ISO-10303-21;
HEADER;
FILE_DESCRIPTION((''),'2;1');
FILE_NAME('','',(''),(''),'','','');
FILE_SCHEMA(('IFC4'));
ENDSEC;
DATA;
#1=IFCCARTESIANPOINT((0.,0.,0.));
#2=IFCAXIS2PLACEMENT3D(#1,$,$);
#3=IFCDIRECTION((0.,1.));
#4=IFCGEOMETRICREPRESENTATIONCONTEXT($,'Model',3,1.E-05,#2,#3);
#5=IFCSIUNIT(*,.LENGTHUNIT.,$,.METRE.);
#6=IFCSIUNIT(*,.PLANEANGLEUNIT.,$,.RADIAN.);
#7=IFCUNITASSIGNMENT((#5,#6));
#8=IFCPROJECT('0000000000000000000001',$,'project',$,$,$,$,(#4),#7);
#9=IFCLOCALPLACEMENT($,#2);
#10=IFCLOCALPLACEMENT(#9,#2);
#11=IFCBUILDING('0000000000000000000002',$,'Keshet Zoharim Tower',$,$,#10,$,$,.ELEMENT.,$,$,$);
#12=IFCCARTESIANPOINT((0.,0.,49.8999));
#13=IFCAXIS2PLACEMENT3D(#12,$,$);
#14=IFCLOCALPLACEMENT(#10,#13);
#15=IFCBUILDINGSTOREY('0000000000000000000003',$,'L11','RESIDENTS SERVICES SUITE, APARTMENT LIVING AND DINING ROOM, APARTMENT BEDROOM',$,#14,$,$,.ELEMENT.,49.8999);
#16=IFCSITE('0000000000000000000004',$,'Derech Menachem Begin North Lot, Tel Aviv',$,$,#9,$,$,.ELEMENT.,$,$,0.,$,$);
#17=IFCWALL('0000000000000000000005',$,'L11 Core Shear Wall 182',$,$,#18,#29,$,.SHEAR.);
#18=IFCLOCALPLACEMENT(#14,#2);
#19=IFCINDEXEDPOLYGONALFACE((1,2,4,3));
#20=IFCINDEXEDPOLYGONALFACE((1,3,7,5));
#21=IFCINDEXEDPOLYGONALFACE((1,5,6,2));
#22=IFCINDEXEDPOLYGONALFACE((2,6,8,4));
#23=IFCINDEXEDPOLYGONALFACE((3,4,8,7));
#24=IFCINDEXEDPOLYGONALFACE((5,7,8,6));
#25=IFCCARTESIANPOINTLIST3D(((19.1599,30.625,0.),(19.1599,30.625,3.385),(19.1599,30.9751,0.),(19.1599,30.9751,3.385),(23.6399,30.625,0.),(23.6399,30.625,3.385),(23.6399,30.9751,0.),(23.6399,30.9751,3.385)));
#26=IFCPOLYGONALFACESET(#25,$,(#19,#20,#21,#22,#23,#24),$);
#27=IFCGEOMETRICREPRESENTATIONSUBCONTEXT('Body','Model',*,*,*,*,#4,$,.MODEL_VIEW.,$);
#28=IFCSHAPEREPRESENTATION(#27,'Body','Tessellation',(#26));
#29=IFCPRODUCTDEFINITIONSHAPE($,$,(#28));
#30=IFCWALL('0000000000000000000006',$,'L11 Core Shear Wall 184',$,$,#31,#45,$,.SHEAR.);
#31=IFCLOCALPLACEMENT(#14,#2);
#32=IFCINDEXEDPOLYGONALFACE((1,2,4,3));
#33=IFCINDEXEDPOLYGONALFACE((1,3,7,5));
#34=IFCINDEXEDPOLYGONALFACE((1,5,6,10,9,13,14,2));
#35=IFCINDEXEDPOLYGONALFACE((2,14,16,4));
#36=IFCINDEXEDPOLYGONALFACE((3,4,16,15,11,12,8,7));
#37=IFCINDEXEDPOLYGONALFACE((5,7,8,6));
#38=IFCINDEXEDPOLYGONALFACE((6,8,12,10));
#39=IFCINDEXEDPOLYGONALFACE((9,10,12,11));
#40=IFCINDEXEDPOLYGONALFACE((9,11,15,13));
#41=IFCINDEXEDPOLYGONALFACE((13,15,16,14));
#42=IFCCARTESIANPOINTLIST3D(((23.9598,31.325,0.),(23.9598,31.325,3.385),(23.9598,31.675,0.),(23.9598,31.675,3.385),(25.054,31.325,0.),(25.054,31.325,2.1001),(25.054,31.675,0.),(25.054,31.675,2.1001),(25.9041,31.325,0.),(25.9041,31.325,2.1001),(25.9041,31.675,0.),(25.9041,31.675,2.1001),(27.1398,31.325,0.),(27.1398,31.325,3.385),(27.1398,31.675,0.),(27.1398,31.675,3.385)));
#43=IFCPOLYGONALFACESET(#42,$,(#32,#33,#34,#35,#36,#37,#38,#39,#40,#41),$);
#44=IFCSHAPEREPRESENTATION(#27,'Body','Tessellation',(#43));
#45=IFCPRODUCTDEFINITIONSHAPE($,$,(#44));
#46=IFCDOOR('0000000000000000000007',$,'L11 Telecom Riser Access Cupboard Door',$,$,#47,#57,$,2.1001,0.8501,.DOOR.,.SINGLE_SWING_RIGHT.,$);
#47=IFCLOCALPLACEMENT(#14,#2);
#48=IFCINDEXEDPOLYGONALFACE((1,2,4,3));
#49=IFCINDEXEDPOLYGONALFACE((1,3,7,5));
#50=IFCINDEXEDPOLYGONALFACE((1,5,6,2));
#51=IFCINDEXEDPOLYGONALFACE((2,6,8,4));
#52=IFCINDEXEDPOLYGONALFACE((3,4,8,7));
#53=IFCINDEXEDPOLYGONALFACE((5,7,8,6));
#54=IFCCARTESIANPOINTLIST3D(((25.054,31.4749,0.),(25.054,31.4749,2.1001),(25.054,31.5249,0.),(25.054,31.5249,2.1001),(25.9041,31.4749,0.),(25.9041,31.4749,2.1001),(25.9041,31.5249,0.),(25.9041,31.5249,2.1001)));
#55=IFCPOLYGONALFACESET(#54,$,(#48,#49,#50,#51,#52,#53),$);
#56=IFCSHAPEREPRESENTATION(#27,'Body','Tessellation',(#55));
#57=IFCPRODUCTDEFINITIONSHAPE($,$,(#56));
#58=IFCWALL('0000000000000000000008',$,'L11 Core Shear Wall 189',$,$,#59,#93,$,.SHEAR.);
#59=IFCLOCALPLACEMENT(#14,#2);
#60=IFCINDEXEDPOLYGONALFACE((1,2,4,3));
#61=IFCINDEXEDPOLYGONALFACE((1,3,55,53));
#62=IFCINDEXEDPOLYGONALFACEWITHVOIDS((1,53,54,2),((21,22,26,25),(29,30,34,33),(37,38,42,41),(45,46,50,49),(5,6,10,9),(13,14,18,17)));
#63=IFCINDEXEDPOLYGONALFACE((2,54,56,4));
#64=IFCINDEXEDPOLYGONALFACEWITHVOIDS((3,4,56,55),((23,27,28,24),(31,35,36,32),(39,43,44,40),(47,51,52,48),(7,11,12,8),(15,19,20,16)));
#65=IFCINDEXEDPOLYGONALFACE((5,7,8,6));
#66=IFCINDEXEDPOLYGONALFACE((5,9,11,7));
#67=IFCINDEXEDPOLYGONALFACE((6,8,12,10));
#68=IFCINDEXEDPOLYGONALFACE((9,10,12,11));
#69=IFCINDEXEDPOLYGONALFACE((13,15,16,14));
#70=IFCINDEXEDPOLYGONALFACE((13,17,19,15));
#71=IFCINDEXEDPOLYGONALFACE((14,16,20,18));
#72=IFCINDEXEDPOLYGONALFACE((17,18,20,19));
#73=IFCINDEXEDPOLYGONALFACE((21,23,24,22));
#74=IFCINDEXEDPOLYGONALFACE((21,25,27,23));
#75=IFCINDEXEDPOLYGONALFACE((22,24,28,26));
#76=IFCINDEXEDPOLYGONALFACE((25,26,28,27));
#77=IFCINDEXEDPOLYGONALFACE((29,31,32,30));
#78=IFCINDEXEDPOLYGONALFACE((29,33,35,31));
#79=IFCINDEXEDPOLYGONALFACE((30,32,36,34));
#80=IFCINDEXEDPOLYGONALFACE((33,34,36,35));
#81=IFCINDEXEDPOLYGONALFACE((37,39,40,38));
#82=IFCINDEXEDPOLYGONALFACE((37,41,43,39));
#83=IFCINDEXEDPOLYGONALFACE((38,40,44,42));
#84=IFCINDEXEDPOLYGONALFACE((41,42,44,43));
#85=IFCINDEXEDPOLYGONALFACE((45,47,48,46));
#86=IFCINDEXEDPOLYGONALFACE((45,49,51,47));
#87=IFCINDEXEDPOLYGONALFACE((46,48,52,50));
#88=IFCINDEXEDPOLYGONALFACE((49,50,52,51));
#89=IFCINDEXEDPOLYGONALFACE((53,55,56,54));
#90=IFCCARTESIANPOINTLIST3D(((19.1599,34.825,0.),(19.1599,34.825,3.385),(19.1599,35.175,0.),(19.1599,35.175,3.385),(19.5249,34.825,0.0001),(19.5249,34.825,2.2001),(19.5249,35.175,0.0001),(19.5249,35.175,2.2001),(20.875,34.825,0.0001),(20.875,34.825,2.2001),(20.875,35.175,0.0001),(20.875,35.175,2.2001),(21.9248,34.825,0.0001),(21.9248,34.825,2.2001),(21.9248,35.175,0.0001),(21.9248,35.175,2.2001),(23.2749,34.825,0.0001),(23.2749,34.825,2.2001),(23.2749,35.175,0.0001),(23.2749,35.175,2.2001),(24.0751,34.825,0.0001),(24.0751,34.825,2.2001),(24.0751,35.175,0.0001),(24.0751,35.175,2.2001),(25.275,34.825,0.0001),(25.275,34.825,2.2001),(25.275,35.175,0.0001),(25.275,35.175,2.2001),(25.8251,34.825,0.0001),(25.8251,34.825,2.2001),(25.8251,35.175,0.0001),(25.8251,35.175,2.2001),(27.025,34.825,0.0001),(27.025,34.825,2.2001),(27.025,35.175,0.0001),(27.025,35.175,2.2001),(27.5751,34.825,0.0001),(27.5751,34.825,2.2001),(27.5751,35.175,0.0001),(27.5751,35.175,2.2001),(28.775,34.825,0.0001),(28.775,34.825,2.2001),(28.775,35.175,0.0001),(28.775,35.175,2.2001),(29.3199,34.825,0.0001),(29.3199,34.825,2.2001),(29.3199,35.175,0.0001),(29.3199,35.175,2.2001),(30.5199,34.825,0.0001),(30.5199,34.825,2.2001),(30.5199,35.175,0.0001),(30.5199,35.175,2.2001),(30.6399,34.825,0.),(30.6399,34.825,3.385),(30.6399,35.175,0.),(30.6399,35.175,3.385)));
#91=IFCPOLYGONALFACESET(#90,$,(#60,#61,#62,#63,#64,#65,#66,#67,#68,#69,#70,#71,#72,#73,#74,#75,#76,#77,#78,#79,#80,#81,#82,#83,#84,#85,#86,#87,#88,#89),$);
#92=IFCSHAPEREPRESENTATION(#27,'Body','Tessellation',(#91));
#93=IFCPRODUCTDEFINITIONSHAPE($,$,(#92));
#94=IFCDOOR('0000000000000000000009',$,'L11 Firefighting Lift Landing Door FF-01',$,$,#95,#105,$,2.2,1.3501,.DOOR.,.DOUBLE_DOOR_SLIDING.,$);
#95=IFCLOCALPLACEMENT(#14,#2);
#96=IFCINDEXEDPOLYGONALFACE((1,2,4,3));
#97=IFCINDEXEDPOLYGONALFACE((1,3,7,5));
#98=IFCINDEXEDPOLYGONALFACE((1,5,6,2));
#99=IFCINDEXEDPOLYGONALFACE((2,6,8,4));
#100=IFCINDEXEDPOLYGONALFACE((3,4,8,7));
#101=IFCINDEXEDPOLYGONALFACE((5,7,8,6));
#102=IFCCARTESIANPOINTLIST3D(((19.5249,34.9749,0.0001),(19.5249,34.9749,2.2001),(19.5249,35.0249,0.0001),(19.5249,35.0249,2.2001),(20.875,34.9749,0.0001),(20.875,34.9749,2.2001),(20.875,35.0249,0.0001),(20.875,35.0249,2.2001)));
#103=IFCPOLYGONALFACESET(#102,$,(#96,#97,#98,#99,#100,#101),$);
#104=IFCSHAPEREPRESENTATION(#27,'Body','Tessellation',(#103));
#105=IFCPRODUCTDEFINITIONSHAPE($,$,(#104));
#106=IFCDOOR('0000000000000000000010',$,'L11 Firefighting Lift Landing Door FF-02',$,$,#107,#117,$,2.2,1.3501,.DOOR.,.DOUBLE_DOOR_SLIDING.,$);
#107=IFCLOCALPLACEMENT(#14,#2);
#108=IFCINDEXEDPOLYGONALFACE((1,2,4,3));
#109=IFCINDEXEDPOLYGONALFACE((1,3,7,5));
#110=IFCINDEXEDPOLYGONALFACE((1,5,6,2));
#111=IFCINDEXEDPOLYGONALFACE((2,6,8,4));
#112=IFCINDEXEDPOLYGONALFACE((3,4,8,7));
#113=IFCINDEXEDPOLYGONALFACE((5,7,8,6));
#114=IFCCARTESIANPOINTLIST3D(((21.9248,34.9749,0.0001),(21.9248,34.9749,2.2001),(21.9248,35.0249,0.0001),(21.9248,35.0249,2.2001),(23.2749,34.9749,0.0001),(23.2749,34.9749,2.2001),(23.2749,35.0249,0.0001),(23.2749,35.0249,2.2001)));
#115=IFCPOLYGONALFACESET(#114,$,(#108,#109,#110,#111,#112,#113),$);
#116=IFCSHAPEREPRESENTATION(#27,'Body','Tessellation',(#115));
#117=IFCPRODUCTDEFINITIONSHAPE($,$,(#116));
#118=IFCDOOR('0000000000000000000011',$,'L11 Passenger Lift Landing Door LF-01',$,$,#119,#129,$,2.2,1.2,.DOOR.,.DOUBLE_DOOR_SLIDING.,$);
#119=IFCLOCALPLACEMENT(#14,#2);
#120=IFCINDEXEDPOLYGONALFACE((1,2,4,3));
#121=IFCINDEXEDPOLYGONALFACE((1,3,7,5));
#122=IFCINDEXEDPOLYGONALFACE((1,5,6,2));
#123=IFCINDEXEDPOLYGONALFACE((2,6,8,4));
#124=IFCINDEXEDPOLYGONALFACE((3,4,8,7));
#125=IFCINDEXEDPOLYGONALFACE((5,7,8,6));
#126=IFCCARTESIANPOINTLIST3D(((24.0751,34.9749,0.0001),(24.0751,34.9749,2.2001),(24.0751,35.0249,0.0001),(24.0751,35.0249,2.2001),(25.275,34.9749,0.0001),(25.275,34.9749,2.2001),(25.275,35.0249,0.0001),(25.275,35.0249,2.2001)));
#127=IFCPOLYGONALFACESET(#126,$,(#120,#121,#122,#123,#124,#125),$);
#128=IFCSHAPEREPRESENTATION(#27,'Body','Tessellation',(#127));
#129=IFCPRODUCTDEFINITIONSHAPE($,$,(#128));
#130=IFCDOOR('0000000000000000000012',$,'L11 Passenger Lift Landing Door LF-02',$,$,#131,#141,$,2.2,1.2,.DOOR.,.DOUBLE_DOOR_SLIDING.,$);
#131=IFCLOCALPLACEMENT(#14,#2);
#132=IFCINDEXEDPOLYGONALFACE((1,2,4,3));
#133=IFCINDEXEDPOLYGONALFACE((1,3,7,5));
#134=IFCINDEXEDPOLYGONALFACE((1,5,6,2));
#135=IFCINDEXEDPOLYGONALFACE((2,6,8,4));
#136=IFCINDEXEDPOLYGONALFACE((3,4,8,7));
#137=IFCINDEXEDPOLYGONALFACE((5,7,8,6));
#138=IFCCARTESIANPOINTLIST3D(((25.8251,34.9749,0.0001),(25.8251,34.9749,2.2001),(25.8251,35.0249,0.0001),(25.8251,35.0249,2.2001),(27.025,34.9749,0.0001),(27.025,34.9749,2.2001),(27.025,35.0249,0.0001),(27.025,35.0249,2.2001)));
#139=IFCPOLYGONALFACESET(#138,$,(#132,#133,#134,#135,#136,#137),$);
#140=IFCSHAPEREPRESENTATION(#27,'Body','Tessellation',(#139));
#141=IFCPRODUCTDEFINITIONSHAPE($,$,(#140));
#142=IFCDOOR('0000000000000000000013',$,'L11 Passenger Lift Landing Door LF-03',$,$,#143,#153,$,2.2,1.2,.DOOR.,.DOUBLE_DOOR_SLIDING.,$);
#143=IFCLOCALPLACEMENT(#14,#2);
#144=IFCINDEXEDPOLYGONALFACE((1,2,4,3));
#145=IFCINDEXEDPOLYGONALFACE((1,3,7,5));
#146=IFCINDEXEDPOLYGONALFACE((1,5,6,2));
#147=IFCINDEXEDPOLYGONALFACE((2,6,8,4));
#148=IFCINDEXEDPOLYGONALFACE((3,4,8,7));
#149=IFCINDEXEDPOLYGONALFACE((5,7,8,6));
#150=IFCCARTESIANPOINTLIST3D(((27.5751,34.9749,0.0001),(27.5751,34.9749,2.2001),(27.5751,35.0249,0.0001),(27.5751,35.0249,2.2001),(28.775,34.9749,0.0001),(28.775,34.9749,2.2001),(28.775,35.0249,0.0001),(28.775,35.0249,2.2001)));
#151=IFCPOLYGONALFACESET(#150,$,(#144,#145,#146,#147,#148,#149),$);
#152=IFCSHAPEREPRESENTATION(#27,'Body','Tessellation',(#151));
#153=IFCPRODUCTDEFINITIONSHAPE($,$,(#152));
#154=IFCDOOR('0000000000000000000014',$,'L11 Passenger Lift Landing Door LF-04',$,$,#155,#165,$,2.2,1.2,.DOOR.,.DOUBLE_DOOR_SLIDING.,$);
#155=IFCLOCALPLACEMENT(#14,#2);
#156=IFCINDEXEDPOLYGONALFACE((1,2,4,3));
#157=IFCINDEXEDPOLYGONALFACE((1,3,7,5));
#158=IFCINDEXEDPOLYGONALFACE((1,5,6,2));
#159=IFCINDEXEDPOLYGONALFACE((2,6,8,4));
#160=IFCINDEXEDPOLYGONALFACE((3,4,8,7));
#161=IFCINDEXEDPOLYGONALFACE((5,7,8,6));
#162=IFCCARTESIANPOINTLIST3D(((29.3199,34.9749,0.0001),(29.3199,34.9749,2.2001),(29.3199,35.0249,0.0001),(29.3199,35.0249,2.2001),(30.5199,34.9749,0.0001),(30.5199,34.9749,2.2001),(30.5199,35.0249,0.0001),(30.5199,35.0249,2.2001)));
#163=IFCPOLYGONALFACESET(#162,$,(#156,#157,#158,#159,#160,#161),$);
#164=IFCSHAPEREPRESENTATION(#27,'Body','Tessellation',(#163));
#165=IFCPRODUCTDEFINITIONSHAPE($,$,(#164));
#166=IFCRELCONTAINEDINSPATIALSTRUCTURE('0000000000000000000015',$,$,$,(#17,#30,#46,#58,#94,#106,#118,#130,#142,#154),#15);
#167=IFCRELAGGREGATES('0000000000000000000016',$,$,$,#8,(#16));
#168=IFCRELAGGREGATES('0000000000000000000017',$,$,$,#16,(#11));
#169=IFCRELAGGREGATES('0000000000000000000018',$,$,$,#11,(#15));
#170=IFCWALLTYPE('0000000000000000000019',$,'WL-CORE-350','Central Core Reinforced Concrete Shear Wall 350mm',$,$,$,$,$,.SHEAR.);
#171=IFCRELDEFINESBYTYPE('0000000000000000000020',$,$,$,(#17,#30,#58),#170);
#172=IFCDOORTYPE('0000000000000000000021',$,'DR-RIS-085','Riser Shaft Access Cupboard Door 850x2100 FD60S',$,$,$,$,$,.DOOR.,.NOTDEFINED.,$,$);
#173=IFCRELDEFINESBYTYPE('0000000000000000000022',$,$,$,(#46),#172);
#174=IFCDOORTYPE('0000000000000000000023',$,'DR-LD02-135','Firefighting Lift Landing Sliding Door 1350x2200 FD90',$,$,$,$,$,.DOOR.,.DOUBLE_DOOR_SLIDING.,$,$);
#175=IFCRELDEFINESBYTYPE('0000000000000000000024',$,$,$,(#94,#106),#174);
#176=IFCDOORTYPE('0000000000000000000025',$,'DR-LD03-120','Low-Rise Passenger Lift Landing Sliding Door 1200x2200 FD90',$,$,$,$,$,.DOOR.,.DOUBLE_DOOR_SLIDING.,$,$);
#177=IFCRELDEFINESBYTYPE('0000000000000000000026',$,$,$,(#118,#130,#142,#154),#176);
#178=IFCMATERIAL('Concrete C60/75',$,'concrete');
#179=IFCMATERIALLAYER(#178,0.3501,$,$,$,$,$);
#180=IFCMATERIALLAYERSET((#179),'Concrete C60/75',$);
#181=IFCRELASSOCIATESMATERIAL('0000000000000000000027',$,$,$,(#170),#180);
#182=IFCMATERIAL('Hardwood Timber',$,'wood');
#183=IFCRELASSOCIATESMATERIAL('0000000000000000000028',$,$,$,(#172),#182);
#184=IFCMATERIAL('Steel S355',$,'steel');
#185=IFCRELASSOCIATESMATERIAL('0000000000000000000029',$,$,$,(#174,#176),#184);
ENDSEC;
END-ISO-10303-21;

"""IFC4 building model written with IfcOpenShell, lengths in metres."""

from ifc_helpers import new_model, si_unit, direction, frame, frame_2d, origin, place, context, subcontext, project, spatial, rectangle, extrude, material, layer, layer_set, type_object, element, fill, save


model = new_model("IFC4")

# Units and contexts
model_context = context("Model", 3, precision=1e-05, world=origin(), true_north=direction((0.0, 1.0)))
body_context = subcontext(model_context, "Body", "Model", "MODEL_VIEW")
ifc_project = project(units=[si_unit("LENGTHUNIT", "METRE"), si_unit("PLANEANGLEUNIT", "RADIAN")], contexts=[model_context])

# Site, building, storey
site_placement = place(None, origin())
site = spatial("IfcSite", under=ifc_project, at=site_placement, Name="Derech Menachem Begin North Lot, Tel Aviv", CompositionType="ELEMENT", RefElevation=0.0)
building_placement = place(site_placement, origin())
building = spatial("IfcBuilding", under=site, at=building_placement, Name="Keshet Zoharim Tower", CompositionType="ELEMENT")
storey_placement = place(building_placement, frame((0.0, 0.0, 49.8999)))
storey = spatial("IfcBuildingStorey", under=building, at=storey_placement, Name="L11", Description="RESIDENTS SERVICES SUITE, APARTMENT LIVING AND DINING ROOM, APARTMENT BEDROOM", CompositionType="ELEMENT", Elevation=49.8999)

# Shared definitions
ifc_material_1 = material(Name="Steel S355", Category="steel")

# Shared definitions
ifc_material_2 = material(Name="Concrete C60/75", Category="concrete")
ifc_layer_1 = layer(ifc_material_2, 0.3501)
ifc_layer_set_1 = layer_set([ifc_layer_1], Name="Concrete C60/75")
wall_type_1 = type_object("IfcWallType", Name="WL-CORE-350", Description="Central Core Reinforced Concrete Shear Wall 350mm", PredefinedType="SHEAR", material=ifc_layer_set_1)

# Shared definitions
ifc_material_3 = material(Name="Hardwood Timber", Category="wood")

# Wall
wall_1_placement = place(storey_placement, frame((19.1599, 30.8, 0.0), z_axis=(0.0, 0.0, 1.0), x_axis=(1.0, 0.0, 0.0)))
element("IfcWall", 1, at=wall_1_placement, inside=storey, type_object=wall_type_1, Name="L11 Core Shear Wall 182", PredefinedType="SHEAR", context=body_context, shape_type="SweptSolid", body=[
    extrude(rectangle(XDim=4.48, YDim=0.3501, at=frame_2d((2.24, 0.0))), origin(), (0.0, 0.0, 1.0), 3.385),
])

# Wall, opening, door
wall_2_placement = place(storey_placement, frame((23.96, 31.5, 0.0), z_axis=(0.0, 0.0, 1.0), x_axis=(1.0, 0.0, 0.0)))
wall_2 = element("IfcWall", 2, at=wall_2_placement, inside=storey, type_object=wall_type_1, Name="L11 Core Shear Wall 184", PredefinedType="SHEAR", context=body_context, shape_type="SweptSolid", body=[
    extrude(rectangle(XDim=3.1799, YDim=0.3501, at=frame_2d((1.5898, 0.0))), origin(), (0.0, 0.0, 1.0), 3.385),
])
opening_1_placement = place(wall_2_placement, frame((1.094, 0.0, 0.0)))
opening_1 = element("IfcOpeningElement", 3, at=opening_1_placement, cuts=wall_2, PredefinedType="OPENING", context=body_context, shape_type="SweptSolid", body=[
    extrude(rectangle(XDim=0.8501, YDim=2.1001, at=frame_2d((0.425, 1.05))), frame((0.0, 0.1851, 0.0), z_axis=(0.0, -1.0, 0.0), x_axis=(1.0, 0.0, 0.0)), (0.0, 0.0, 1.0), 0.3701),
])
door_type_1 = type_object("IfcDoorType", Name="DR-RIS-085", Description="Riser Shaft Access Cupboard Door 850x2100 FD60S", OperationType="NOTDEFINED", PredefinedType="DOOR", material=ifc_material_3)
door_1_placement = place(opening_1_placement, origin())
door_1 = element("IfcDoor", 4, at=door_1_placement, inside=storey, type_object=door_type_1, Name="L11 Telecom Riser Access Cupboard Door", OperationType="SINGLE_SWING_RIGHT", OverallHeight=2.1001, OverallWidth=0.8501, PredefinedType="DOOR", context=body_context, shape_type="SweptSolid", body=[
    extrude(rectangle(XDim=0.8501, YDim=2.1001, at=frame_2d((0.425, 1.05))), frame((0.0, 0.0249, 0.0), z_axis=(0.0, -1.0, 0.0), x_axis=(1.0, 0.0, 0.0)), (0.0, 0.0, 1.0), 0.05),
])
fill(opening_1, door_1)

# Wall, openings, doors
wall_3_placement = place(storey_placement, frame((19.1599, 35.0, 0.0), z_axis=(0.0, 0.0, 1.0), x_axis=(1.0, 0.0, 0.0)))
wall_3 = element("IfcWall", 5, at=wall_3_placement, inside=storey, type_object=wall_type_1, Name="L11 Core Shear Wall 189", PredefinedType="SHEAR", context=body_context, shape_type="SweptSolid", body=[
    extrude(rectangle(XDim=11.48, YDim=0.3501, at=frame_2d((5.74, 0.0))), origin(), (0.0, 0.0, 1.0), 3.385),
])
opening_2_placement = place(wall_3_placement, frame((0.365, 0.0, 0.0)))
opening_2 = element("IfcOpeningElement", 6, at=opening_2_placement, cuts=wall_3, PredefinedType="OPENING", context=body_context, shape_type="SweptSolid", body=[
    extrude(rectangle(XDim=1.3501, YDim=2.2, at=frame_2d((0.675, 1.1001))), frame((0.0, 0.1851, 0.0), z_axis=(0.0, -1.0, 0.0), x_axis=(1.0, 0.0, 0.0)), (0.0, 0.0, 1.0), 0.3701),
])
opening_3_placement = place(wall_3_placement, frame((2.7649, 0.0, 0.0)))
opening_3 = element("IfcOpeningElement", 7, at=opening_3_placement, cuts=wall_3, PredefinedType="OPENING", context=body_context, shape_type="SweptSolid", body=[
    extrude(rectangle(XDim=1.3501, YDim=2.2, at=frame_2d((0.675, 1.1001))), frame((0.0, 0.1851, 0.0), z_axis=(0.0, -1.0, 0.0), x_axis=(1.0, 0.0, 0.0)), (0.0, 0.0, 1.0), 0.3701),
])
opening_4_placement = place(wall_3_placement, frame((4.915, 0.0, 0.0)))
opening_4 = element("IfcOpeningElement", 8, at=opening_4_placement, cuts=wall_3, PredefinedType="OPENING", context=body_context, shape_type="SweptSolid", body=[
    extrude(rectangle(XDim=1.2, YDim=2.2, at=frame_2d((0.6001, 1.1001))), frame((0.0, 0.1851, 0.0), z_axis=(0.0, -1.0, 0.0), x_axis=(1.0, 0.0, 0.0)), (0.0, 0.0, 1.0), 0.3701),
])
opening_5_placement = place(wall_3_placement, frame((6.665, 0.0, 0.0)))
opening_5 = element("IfcOpeningElement", 9, at=opening_5_placement, cuts=wall_3, PredefinedType="OPENING", context=body_context, shape_type="SweptSolid", body=[
    extrude(rectangle(XDim=1.2, YDim=2.2, at=frame_2d((0.6001, 1.1001))), frame((0.0, 0.1851, 0.0), z_axis=(0.0, -1.0, 0.0), x_axis=(1.0, 0.0, 0.0)), (0.0, 0.0, 1.0), 0.3701),
])
opening_6_placement = place(wall_3_placement, frame((8.415, 0.0, 0.0)))
opening_6 = element("IfcOpeningElement", 10, at=opening_6_placement, cuts=wall_3, PredefinedType="OPENING", context=body_context, shape_type="SweptSolid", body=[
    extrude(rectangle(XDim=1.2, YDim=2.2, at=frame_2d((0.6001, 1.1001))), frame((0.0, 0.1851, 0.0), z_axis=(0.0, -1.0, 0.0), x_axis=(1.0, 0.0, 0.0)), (0.0, 0.0, 1.0), 0.3701),
])
opening_7_placement = place(wall_3_placement, frame((10.1599, 0.0, 0.0)))
opening_7 = element("IfcOpeningElement", 11, at=opening_7_placement, cuts=wall_3, PredefinedType="OPENING", context=body_context, shape_type="SweptSolid", body=[
    extrude(rectangle(XDim=1.2, YDim=2.2, at=frame_2d((0.6001, 1.1001))), frame((0.0, 0.1851, 0.0), z_axis=(0.0, -1.0, 0.0), x_axis=(1.0, 0.0, 0.0)), (0.0, 0.0, 1.0), 0.3701),
])
door_type_2 = type_object("IfcDoorType", Name="DR-LD02-135", Description="Firefighting Lift Landing Sliding Door 1350x2200 FD90", OperationType="DOUBLE_DOOR_SLIDING", PredefinedType="DOOR", material=ifc_material_1)
door_2_placement = place(opening_2_placement, origin())
door_2 = element("IfcDoor", 12, at=door_2_placement, inside=storey, type_object=door_type_2, Name="L11 Firefighting Lift Landing Door FF-01", OperationType="DOUBLE_DOOR_SLIDING", OverallHeight=2.2, OverallWidth=1.3501, PredefinedType="DOOR", context=body_context, shape_type="SweptSolid", body=[
    extrude(rectangle(XDim=1.3501, YDim=2.2, at=frame_2d((0.675, 1.1001))), frame((0.0, 0.0249, 0.0), z_axis=(0.0, -1.0, 0.0), x_axis=(1.0, 0.0, 0.0)), (0.0, 0.0, 1.0), 0.05),
])
fill(opening_2, door_2)
door_3_placement = place(opening_3_placement, origin())
door_3 = element("IfcDoor", 13, at=door_3_placement, inside=storey, type_object=door_type_2, Name="L11 Firefighting Lift Landing Door FF-02", OperationType="DOUBLE_DOOR_SLIDING", OverallHeight=2.2, OverallWidth=1.3501, PredefinedType="DOOR", context=body_context, shape_type="SweptSolid", body=[
    extrude(rectangle(XDim=1.3501, YDim=2.2, at=frame_2d((0.675, 1.1001))), frame((0.0, 0.0249, 0.0), z_axis=(0.0, -1.0, 0.0), x_axis=(1.0, 0.0, 0.0)), (0.0, 0.0, 1.0), 0.05),
])
fill(opening_3, door_3)
door_type_3 = type_object("IfcDoorType", Name="DR-LD03-120", Description="Low-Rise Passenger Lift Landing Sliding Door 1200x2200 FD90", OperationType="DOUBLE_DOOR_SLIDING", PredefinedType="DOOR", material=ifc_material_1)
door_4_placement = place(opening_4_placement, origin())
door_4 = element("IfcDoor", 14, at=door_4_placement, inside=storey, type_object=door_type_3, Name="L11 Passenger Lift Landing Door LF-01", OperationType="DOUBLE_DOOR_SLIDING", OverallHeight=2.2, OverallWidth=1.2, PredefinedType="DOOR", context=body_context, shape_type="SweptSolid", body=[
    extrude(rectangle(XDim=1.2, YDim=2.2, at=frame_2d((0.6001, 1.1001))), frame((0.0, 0.0249, 0.0), z_axis=(0.0, -1.0, 0.0), x_axis=(1.0, 0.0, 0.0)), (0.0, 0.0, 1.0), 0.05),
])
fill(opening_4, door_4)
door_5_placement = place(opening_5_placement, origin())
door_5 = element("IfcDoor", 15, at=door_5_placement, inside=storey, type_object=door_type_3, Name="L11 Passenger Lift Landing Door LF-02", OperationType="DOUBLE_DOOR_SLIDING", OverallHeight=2.2, OverallWidth=1.2, PredefinedType="DOOR", context=body_context, shape_type="SweptSolid", body=[
    extrude(rectangle(XDim=1.2, YDim=2.2, at=frame_2d((0.6001, 1.1001))), frame((0.0, 0.0249, 0.0), z_axis=(0.0, -1.0, 0.0), x_axis=(1.0, 0.0, 0.0)), (0.0, 0.0, 1.0), 0.05),
])
fill(opening_5, door_5)
door_6_placement = place(opening_6_placement, origin())
door_6 = element("IfcDoor", 16, at=door_6_placement, inside=storey, type_object=door_type_3, Name="L11 Passenger Lift Landing Door LF-03", OperationType="DOUBLE_DOOR_SLIDING", OverallHeight=2.2, OverallWidth=1.2, PredefinedType="DOOR", context=body_context, shape_type="SweptSolid", body=[
    extrude(rectangle(XDim=1.2, YDim=2.2, at=frame_2d((0.6001, 1.1001))), frame((0.0, 0.0249, 0.0), z_axis=(0.0, -1.0, 0.0), x_axis=(1.0, 0.0, 0.0)), (0.0, 0.0, 1.0), 0.05),
])
fill(opening_6, door_6)
door_7_placement = place(opening_7_placement, origin())
door_7 = element("IfcDoor", 17, at=door_7_placement, inside=storey, type_object=door_type_3, Name="L11 Passenger Lift Landing Door LF-04", OperationType="DOUBLE_DOOR_SLIDING", OverallHeight=2.2, OverallWidth=1.2, PredefinedType="DOOR", context=body_context, shape_type="SweptSolid", body=[
    extrude(rectangle(XDim=1.2, YDim=2.2, at=frame_2d((0.6001, 1.1001))), frame((0.0, 0.0249, 0.0), z_axis=(0.0, -1.0, 0.0), x_axis=(1.0, 0.0, 0.0)), (0.0, 0.0, 1.0), 0.05),
])
fill(opening_7, door_7)

save(model, "model.ifc")
